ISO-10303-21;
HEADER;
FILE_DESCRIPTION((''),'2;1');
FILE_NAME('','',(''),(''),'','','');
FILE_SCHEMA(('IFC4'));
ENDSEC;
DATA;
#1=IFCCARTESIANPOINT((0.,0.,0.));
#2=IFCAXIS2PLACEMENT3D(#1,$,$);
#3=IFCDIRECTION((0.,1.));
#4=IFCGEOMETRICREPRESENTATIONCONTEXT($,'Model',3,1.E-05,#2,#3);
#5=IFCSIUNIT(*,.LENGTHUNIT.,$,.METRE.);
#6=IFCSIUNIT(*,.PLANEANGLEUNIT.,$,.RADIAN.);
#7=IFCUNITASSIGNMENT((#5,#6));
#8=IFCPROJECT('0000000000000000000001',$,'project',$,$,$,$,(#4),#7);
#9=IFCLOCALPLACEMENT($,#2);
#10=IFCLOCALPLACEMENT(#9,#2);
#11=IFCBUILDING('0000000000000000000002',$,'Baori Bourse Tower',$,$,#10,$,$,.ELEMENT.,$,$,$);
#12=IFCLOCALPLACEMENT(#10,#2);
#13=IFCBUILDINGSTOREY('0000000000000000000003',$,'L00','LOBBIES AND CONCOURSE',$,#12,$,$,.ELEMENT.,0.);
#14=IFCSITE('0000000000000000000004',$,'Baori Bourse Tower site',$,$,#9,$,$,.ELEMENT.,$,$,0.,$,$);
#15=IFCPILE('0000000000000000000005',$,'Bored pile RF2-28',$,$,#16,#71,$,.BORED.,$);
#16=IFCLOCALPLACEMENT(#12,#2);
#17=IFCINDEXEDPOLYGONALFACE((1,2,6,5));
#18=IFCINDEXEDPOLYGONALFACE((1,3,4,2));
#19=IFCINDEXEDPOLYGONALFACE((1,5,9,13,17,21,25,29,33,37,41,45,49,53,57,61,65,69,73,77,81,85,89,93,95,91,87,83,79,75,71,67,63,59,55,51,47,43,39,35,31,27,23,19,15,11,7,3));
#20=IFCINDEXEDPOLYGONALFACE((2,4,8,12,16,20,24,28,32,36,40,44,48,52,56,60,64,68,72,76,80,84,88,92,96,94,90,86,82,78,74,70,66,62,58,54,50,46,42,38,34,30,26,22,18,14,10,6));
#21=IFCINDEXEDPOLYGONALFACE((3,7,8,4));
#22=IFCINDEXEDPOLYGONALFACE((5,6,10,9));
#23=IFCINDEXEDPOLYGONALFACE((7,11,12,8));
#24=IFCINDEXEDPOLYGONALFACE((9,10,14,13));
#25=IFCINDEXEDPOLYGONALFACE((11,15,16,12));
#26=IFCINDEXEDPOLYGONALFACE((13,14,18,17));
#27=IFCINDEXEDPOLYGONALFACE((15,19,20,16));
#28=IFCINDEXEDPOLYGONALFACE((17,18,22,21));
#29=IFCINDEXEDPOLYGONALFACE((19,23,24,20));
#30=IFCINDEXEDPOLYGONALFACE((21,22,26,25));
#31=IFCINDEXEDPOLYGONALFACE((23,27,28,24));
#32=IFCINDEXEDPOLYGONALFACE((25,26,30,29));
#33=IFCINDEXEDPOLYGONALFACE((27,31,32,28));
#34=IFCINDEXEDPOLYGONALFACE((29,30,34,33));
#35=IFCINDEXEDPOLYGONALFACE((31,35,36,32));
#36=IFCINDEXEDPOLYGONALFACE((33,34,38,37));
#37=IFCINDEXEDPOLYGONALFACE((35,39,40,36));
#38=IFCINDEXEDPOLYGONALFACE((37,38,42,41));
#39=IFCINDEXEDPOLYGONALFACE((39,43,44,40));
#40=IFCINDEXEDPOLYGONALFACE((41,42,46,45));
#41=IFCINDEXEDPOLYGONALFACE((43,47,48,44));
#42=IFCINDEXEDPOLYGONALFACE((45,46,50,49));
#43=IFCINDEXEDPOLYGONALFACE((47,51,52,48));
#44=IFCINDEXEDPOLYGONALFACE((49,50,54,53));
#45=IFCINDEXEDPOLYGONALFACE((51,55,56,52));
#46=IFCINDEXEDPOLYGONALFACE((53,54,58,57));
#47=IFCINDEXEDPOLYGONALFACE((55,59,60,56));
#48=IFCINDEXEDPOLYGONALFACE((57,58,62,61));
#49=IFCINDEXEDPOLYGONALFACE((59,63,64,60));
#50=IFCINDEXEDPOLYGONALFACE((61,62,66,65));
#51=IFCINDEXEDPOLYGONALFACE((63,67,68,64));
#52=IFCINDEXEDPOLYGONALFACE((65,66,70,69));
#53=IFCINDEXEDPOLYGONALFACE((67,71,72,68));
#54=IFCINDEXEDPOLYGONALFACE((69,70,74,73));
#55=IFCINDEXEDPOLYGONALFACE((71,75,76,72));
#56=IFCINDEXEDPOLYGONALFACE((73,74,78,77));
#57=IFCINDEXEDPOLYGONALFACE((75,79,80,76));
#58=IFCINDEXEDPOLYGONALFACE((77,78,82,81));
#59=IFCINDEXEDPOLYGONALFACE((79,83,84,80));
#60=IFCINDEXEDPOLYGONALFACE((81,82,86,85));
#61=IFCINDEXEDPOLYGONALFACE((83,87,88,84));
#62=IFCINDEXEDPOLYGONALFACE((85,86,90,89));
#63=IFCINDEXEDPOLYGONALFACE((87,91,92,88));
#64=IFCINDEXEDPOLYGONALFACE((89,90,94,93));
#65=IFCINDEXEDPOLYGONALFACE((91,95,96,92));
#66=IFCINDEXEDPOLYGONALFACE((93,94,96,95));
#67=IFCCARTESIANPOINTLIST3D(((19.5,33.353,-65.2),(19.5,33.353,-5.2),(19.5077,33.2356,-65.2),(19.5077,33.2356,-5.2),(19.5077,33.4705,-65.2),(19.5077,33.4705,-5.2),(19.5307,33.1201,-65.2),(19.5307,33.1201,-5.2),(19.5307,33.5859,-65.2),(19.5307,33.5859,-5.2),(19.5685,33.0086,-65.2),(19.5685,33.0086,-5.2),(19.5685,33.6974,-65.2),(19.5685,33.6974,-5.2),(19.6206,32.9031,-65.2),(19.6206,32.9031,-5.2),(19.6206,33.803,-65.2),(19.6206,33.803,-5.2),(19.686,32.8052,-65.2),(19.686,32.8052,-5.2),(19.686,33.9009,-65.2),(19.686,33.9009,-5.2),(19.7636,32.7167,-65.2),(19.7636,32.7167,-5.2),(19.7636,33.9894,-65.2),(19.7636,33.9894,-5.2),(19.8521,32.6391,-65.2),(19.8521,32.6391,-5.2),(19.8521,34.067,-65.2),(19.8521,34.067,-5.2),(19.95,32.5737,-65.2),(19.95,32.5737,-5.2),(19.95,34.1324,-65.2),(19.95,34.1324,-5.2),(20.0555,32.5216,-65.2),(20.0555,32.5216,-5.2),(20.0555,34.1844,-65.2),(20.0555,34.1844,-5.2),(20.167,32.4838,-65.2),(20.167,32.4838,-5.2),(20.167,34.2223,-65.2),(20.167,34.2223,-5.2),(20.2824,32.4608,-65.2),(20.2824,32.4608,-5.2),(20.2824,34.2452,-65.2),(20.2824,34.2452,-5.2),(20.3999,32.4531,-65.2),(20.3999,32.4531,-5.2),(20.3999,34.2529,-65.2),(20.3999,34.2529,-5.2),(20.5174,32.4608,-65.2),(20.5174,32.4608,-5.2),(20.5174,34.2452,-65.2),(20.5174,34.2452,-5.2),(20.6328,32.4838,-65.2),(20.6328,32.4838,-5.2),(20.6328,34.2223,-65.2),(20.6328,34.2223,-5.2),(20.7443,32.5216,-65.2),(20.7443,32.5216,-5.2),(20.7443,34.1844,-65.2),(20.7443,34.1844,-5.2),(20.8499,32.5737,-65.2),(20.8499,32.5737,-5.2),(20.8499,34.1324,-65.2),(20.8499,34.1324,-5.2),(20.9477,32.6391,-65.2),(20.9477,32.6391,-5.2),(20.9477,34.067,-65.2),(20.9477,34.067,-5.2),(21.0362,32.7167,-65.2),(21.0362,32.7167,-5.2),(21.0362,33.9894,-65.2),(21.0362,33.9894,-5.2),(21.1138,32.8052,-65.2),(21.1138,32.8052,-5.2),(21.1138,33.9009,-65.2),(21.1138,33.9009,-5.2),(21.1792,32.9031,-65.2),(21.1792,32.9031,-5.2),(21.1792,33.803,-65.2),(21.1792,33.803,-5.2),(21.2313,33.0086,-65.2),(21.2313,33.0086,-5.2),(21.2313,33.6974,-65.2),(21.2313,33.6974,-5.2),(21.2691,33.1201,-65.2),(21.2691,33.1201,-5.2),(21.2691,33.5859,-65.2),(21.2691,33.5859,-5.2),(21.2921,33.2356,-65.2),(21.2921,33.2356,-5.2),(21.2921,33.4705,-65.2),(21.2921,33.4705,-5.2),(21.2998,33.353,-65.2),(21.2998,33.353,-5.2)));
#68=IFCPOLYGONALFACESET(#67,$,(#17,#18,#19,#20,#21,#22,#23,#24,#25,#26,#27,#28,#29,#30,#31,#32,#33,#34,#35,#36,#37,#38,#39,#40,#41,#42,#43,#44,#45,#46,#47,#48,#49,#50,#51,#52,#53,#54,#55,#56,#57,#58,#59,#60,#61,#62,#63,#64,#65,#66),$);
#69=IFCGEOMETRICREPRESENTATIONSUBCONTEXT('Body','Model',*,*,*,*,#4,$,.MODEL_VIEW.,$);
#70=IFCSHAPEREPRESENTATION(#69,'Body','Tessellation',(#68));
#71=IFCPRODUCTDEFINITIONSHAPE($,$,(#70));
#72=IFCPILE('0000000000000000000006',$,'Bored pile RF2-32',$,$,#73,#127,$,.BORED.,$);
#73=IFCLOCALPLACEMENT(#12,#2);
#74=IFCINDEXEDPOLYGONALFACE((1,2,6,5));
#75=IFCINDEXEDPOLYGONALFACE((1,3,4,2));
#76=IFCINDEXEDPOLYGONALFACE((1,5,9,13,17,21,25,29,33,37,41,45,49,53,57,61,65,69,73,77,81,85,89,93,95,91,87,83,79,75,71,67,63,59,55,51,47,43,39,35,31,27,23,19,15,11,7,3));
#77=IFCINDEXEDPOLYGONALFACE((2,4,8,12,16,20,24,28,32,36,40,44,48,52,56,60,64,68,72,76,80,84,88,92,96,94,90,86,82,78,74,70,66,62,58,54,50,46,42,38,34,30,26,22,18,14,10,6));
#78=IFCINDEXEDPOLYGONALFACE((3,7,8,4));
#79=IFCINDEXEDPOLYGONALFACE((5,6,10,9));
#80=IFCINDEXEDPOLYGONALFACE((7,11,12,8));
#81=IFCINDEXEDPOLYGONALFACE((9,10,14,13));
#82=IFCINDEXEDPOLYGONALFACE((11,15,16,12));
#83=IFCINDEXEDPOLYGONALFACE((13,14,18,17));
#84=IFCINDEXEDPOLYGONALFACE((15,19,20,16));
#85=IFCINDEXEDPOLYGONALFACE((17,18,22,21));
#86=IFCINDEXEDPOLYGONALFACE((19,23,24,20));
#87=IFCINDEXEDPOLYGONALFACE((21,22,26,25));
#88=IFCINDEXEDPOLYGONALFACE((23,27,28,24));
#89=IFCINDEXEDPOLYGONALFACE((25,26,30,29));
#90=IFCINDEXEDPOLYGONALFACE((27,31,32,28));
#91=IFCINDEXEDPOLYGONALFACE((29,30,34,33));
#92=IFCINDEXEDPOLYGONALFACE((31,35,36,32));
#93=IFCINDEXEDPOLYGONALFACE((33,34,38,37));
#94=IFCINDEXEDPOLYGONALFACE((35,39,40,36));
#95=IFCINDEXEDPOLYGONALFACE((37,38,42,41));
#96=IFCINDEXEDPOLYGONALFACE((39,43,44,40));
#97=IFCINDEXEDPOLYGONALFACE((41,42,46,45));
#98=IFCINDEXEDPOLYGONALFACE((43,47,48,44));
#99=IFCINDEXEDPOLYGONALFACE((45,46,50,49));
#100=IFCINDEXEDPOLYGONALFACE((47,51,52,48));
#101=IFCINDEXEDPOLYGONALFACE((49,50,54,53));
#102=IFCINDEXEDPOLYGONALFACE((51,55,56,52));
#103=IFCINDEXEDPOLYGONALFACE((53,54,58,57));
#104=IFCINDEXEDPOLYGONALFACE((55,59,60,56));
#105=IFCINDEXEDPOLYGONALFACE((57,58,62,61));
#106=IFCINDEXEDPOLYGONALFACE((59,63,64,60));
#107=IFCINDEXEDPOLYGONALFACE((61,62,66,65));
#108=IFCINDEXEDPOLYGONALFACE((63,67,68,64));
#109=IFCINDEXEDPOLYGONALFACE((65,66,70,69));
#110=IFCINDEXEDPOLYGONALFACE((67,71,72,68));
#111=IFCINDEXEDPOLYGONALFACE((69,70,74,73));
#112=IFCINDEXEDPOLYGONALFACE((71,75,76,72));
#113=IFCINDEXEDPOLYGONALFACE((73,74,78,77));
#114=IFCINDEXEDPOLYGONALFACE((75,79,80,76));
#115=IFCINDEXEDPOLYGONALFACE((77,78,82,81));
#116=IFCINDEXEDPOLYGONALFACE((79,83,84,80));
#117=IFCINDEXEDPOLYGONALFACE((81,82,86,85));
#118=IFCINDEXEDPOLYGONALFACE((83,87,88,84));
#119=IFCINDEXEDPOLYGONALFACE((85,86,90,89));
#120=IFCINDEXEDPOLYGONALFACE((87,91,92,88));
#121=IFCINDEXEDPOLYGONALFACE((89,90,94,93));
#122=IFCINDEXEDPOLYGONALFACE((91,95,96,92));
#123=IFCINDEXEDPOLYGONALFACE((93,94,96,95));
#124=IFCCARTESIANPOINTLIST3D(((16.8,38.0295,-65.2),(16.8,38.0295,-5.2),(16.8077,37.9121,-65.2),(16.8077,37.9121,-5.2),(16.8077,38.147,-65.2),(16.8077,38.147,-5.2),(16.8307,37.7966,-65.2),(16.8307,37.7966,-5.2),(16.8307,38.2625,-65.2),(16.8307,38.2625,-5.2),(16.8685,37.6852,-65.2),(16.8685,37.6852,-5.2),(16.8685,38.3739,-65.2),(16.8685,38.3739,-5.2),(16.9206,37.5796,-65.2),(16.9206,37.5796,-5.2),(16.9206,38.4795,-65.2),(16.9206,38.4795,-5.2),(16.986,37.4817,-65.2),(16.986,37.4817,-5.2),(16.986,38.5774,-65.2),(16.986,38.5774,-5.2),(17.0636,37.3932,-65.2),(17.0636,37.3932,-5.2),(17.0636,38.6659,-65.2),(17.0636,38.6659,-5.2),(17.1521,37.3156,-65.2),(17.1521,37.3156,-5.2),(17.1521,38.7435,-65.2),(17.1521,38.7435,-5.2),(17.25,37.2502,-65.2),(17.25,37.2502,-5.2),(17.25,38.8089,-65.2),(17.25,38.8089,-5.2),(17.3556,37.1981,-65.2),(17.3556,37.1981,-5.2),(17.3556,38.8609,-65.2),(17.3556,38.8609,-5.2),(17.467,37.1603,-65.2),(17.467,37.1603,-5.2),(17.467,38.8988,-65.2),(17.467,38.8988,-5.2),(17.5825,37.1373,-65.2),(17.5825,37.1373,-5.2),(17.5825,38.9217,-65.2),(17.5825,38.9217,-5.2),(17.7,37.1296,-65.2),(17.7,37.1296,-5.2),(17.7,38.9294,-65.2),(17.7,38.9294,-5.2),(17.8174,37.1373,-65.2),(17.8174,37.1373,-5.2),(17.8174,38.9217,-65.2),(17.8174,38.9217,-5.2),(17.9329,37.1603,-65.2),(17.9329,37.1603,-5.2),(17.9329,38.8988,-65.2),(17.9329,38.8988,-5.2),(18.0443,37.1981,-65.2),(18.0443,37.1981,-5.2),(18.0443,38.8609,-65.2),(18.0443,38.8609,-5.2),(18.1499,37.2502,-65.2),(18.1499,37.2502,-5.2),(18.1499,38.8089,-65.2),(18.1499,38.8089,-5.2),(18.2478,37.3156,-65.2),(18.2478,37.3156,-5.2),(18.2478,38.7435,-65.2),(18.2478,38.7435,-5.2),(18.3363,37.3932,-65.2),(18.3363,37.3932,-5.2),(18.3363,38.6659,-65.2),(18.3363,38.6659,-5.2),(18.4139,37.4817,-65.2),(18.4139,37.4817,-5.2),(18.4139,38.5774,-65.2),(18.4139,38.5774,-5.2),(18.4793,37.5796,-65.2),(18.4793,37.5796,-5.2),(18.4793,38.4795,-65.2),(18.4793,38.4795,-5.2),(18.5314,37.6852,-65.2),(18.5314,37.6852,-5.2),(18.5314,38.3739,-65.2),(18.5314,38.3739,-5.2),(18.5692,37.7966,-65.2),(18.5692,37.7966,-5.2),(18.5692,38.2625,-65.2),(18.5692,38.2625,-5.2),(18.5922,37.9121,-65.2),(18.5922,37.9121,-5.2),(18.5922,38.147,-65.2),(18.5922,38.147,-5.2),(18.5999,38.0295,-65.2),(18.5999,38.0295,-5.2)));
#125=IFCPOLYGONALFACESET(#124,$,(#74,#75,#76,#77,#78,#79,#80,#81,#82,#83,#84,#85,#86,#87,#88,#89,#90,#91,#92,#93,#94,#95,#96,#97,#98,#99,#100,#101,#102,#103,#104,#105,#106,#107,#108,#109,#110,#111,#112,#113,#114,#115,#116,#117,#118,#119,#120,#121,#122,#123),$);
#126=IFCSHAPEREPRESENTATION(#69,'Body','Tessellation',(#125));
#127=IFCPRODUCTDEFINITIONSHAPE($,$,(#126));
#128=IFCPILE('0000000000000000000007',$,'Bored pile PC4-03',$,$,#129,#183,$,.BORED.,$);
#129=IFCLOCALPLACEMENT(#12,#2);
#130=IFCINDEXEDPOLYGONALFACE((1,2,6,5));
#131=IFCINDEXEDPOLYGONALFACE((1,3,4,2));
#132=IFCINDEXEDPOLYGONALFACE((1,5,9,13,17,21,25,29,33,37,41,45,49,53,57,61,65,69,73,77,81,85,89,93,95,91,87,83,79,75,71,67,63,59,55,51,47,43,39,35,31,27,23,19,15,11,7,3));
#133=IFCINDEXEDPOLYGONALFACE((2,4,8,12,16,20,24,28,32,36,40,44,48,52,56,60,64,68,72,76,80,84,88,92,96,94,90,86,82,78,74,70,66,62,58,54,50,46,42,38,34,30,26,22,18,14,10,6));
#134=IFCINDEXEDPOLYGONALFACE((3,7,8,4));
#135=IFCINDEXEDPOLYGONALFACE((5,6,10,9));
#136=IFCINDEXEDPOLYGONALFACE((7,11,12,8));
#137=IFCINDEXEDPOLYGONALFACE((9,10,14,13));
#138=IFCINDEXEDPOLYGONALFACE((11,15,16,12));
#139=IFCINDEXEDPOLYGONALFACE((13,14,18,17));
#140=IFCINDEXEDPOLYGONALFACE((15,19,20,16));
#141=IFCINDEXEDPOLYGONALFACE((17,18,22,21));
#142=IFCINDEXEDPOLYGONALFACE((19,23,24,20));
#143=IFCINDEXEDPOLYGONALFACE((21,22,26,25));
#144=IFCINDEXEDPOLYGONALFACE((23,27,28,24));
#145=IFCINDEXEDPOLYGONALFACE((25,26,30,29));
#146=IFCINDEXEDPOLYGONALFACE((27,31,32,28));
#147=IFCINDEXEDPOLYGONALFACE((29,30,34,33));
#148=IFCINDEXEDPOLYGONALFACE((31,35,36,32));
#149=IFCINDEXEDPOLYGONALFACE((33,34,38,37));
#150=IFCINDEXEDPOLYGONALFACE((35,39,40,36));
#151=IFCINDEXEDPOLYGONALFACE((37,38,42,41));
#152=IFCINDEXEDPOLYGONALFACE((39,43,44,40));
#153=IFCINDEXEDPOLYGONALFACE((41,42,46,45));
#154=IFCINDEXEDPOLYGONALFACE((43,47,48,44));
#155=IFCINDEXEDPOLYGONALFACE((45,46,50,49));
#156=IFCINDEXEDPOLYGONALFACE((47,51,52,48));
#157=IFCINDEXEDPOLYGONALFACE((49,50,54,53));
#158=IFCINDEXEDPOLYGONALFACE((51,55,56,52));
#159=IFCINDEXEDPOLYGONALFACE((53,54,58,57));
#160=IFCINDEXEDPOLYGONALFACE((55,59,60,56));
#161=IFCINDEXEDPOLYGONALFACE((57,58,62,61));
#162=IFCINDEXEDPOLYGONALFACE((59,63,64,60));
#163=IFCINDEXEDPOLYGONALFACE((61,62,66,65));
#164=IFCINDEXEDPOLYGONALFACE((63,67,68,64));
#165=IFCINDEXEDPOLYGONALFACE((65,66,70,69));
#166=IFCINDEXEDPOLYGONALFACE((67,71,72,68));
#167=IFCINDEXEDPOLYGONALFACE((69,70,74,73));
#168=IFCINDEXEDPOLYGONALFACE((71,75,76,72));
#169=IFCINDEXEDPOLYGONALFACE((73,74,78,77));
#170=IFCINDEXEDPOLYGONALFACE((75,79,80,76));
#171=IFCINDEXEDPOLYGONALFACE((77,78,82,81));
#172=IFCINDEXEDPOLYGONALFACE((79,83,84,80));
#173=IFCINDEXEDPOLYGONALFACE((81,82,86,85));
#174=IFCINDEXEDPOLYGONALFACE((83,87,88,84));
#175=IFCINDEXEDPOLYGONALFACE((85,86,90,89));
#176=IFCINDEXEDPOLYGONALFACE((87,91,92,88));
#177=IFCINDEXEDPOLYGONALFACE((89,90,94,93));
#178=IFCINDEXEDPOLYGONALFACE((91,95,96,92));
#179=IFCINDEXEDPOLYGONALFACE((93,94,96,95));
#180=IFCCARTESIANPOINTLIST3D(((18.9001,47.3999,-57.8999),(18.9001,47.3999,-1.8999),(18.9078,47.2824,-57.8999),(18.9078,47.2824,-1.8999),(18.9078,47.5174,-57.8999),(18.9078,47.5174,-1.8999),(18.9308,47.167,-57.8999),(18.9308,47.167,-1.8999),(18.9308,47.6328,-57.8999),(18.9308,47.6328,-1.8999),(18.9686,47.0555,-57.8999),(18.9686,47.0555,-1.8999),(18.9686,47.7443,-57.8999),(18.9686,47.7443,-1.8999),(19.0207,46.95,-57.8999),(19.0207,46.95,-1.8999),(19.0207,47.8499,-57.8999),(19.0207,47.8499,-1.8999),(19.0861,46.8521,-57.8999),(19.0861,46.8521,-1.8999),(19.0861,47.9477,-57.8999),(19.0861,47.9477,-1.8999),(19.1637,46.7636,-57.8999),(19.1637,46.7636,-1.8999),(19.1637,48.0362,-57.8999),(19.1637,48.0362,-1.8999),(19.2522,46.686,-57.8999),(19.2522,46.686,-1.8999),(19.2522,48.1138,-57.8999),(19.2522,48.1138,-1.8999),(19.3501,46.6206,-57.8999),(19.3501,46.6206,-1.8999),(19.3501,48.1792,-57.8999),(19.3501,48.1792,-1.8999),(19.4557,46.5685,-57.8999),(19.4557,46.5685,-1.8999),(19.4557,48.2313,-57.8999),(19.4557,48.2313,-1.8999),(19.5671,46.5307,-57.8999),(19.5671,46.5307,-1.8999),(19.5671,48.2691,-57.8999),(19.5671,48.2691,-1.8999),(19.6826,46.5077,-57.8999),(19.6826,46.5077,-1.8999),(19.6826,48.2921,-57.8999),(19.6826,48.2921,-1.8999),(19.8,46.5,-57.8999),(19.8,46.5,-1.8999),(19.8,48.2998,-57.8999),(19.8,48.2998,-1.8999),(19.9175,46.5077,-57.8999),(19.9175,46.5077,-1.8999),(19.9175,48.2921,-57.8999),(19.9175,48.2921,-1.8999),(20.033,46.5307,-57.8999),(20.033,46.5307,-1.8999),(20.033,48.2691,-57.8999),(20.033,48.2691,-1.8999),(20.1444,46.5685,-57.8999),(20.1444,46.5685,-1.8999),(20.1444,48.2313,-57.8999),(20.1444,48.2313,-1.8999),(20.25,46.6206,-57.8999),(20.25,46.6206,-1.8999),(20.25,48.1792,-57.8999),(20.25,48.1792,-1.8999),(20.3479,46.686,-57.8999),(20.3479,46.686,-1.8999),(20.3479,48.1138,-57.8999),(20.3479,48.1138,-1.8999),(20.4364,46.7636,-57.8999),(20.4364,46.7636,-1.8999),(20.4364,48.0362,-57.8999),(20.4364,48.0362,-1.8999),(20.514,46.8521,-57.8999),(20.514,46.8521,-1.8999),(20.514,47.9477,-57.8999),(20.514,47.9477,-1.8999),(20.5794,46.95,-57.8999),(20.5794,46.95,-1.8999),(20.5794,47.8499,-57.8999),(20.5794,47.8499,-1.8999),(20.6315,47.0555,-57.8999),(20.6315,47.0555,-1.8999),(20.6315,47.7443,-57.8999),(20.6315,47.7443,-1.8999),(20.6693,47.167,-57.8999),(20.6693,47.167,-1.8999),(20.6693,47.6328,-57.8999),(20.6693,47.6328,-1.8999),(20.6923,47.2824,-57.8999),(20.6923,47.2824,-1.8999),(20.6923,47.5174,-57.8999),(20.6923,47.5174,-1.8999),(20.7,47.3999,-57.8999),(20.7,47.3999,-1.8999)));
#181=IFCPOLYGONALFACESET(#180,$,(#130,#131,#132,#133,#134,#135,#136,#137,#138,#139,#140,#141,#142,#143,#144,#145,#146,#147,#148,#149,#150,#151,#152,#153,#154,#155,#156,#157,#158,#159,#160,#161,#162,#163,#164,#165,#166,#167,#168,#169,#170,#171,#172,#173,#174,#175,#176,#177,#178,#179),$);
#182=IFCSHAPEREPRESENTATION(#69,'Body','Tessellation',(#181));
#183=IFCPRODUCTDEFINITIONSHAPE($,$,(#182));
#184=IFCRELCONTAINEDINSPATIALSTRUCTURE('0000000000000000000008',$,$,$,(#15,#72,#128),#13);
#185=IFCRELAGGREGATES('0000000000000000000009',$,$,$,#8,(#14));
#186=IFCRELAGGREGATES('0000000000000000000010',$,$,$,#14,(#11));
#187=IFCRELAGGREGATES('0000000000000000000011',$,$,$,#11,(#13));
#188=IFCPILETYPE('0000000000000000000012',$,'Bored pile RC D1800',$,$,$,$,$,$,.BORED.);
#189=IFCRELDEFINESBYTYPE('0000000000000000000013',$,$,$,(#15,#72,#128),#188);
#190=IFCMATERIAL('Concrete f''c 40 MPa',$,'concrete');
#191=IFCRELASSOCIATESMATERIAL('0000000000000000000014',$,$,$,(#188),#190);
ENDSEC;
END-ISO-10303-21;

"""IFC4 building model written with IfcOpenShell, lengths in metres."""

from ifc_helpers import new_model, si_unit, direction, frame, origin, origin_2d, place, context, subcontext, project, spatial, circle, extrude, material, material_profile, profile_set, type_object, element, save


model = new_model("IFC4")

# Units and contexts
model_context = context("Model", 3, precision=1e-05, world=origin(), true_north=direction((0.0, 1.0)))
body_context = subcontext(model_context, "Body", "Model", "MODEL_VIEW")
ifc_project = project(units=[si_unit("LENGTHUNIT", "METRE"), si_unit("PLANEANGLEUNIT", "RADIAN")], contexts=[model_context])

# Site, building, storey
site_placement = place(None, origin())
site = spatial("IfcSite", under=ifc_project, at=site_placement, Name="Baori Bourse Tower site", CompositionType="ELEMENT", RefElevation=0.0)
building_placement = place(site_placement, origin())
building = spatial("IfcBuilding", under=site, at=building_placement, Name="Baori Bourse Tower", CompositionType="ELEMENT")
storey_placement = place(building_placement, origin())
storey = spatial("IfcBuildingStorey", under=building, at=storey_placement, Name="L00", Description="LOBBIES AND CONCOURSE", CompositionType="ELEMENT", Elevation=0.0)

# Piles
ifc_material_1 = material(Name="Concrete f'c 40 MPa", Category="concrete")
ifc_material_profile_1 = material_profile(ifc_material_1, circle(Radius=0.8999, at=origin_2d()), Name="RC D1800")
ifc_profile_set_1 = profile_set([ifc_material_profile_1], Name="Concrete f'c 40 MPa")
pile_type = type_object("IfcPileType", Name="Bored pile RC D1800", PredefinedType="BORED", material=ifc_profile_set_1)
for number, where, z_axis, x_axis, name in (
    (1, (20.3999, 33.353, -5.2), (0.0, 0.0, -1.0), (1.0, 0.0, 0.0), "Bored pile RF2-28"),
    (2, (17.7, 38.0295, -5.2), (0.0, 0.0, -1.0), (1.0, 0.0, 0.0), "Bored pile RF2-32"),
):
    element("IfcPile", number, at=place(storey_placement, frame(where, z_axis=z_axis, x_axis=x_axis)), inside=storey, type_object=pile_type, Name=name, PredefinedType="BORED", context=body_context, shape_type="SweptSolid", body=[
        extrude(circle(Radius=0.8999, at=origin_2d()), origin(), (0.0, 0.0, 1.0), 60.0),
    ])
pile_1_placement = place(storey_placement, frame((19.8, 47.3999, -1.8999), z_axis=(0.0, 0.0, -1.0), x_axis=(1.0, 0.0, 0.0)))
element("IfcPile", 3, at=pile_1_placement, inside=storey, type_object=pile_type, Name="Bored pile PC4-03", PredefinedType="BORED", context=body_context, shape_type="SweptSolid", body=[
    extrude(circle(Radius=0.8999, at=origin_2d()), origin(), (0.0, 0.0, 1.0), 56.0),
])

save(model, "model.ifc")
